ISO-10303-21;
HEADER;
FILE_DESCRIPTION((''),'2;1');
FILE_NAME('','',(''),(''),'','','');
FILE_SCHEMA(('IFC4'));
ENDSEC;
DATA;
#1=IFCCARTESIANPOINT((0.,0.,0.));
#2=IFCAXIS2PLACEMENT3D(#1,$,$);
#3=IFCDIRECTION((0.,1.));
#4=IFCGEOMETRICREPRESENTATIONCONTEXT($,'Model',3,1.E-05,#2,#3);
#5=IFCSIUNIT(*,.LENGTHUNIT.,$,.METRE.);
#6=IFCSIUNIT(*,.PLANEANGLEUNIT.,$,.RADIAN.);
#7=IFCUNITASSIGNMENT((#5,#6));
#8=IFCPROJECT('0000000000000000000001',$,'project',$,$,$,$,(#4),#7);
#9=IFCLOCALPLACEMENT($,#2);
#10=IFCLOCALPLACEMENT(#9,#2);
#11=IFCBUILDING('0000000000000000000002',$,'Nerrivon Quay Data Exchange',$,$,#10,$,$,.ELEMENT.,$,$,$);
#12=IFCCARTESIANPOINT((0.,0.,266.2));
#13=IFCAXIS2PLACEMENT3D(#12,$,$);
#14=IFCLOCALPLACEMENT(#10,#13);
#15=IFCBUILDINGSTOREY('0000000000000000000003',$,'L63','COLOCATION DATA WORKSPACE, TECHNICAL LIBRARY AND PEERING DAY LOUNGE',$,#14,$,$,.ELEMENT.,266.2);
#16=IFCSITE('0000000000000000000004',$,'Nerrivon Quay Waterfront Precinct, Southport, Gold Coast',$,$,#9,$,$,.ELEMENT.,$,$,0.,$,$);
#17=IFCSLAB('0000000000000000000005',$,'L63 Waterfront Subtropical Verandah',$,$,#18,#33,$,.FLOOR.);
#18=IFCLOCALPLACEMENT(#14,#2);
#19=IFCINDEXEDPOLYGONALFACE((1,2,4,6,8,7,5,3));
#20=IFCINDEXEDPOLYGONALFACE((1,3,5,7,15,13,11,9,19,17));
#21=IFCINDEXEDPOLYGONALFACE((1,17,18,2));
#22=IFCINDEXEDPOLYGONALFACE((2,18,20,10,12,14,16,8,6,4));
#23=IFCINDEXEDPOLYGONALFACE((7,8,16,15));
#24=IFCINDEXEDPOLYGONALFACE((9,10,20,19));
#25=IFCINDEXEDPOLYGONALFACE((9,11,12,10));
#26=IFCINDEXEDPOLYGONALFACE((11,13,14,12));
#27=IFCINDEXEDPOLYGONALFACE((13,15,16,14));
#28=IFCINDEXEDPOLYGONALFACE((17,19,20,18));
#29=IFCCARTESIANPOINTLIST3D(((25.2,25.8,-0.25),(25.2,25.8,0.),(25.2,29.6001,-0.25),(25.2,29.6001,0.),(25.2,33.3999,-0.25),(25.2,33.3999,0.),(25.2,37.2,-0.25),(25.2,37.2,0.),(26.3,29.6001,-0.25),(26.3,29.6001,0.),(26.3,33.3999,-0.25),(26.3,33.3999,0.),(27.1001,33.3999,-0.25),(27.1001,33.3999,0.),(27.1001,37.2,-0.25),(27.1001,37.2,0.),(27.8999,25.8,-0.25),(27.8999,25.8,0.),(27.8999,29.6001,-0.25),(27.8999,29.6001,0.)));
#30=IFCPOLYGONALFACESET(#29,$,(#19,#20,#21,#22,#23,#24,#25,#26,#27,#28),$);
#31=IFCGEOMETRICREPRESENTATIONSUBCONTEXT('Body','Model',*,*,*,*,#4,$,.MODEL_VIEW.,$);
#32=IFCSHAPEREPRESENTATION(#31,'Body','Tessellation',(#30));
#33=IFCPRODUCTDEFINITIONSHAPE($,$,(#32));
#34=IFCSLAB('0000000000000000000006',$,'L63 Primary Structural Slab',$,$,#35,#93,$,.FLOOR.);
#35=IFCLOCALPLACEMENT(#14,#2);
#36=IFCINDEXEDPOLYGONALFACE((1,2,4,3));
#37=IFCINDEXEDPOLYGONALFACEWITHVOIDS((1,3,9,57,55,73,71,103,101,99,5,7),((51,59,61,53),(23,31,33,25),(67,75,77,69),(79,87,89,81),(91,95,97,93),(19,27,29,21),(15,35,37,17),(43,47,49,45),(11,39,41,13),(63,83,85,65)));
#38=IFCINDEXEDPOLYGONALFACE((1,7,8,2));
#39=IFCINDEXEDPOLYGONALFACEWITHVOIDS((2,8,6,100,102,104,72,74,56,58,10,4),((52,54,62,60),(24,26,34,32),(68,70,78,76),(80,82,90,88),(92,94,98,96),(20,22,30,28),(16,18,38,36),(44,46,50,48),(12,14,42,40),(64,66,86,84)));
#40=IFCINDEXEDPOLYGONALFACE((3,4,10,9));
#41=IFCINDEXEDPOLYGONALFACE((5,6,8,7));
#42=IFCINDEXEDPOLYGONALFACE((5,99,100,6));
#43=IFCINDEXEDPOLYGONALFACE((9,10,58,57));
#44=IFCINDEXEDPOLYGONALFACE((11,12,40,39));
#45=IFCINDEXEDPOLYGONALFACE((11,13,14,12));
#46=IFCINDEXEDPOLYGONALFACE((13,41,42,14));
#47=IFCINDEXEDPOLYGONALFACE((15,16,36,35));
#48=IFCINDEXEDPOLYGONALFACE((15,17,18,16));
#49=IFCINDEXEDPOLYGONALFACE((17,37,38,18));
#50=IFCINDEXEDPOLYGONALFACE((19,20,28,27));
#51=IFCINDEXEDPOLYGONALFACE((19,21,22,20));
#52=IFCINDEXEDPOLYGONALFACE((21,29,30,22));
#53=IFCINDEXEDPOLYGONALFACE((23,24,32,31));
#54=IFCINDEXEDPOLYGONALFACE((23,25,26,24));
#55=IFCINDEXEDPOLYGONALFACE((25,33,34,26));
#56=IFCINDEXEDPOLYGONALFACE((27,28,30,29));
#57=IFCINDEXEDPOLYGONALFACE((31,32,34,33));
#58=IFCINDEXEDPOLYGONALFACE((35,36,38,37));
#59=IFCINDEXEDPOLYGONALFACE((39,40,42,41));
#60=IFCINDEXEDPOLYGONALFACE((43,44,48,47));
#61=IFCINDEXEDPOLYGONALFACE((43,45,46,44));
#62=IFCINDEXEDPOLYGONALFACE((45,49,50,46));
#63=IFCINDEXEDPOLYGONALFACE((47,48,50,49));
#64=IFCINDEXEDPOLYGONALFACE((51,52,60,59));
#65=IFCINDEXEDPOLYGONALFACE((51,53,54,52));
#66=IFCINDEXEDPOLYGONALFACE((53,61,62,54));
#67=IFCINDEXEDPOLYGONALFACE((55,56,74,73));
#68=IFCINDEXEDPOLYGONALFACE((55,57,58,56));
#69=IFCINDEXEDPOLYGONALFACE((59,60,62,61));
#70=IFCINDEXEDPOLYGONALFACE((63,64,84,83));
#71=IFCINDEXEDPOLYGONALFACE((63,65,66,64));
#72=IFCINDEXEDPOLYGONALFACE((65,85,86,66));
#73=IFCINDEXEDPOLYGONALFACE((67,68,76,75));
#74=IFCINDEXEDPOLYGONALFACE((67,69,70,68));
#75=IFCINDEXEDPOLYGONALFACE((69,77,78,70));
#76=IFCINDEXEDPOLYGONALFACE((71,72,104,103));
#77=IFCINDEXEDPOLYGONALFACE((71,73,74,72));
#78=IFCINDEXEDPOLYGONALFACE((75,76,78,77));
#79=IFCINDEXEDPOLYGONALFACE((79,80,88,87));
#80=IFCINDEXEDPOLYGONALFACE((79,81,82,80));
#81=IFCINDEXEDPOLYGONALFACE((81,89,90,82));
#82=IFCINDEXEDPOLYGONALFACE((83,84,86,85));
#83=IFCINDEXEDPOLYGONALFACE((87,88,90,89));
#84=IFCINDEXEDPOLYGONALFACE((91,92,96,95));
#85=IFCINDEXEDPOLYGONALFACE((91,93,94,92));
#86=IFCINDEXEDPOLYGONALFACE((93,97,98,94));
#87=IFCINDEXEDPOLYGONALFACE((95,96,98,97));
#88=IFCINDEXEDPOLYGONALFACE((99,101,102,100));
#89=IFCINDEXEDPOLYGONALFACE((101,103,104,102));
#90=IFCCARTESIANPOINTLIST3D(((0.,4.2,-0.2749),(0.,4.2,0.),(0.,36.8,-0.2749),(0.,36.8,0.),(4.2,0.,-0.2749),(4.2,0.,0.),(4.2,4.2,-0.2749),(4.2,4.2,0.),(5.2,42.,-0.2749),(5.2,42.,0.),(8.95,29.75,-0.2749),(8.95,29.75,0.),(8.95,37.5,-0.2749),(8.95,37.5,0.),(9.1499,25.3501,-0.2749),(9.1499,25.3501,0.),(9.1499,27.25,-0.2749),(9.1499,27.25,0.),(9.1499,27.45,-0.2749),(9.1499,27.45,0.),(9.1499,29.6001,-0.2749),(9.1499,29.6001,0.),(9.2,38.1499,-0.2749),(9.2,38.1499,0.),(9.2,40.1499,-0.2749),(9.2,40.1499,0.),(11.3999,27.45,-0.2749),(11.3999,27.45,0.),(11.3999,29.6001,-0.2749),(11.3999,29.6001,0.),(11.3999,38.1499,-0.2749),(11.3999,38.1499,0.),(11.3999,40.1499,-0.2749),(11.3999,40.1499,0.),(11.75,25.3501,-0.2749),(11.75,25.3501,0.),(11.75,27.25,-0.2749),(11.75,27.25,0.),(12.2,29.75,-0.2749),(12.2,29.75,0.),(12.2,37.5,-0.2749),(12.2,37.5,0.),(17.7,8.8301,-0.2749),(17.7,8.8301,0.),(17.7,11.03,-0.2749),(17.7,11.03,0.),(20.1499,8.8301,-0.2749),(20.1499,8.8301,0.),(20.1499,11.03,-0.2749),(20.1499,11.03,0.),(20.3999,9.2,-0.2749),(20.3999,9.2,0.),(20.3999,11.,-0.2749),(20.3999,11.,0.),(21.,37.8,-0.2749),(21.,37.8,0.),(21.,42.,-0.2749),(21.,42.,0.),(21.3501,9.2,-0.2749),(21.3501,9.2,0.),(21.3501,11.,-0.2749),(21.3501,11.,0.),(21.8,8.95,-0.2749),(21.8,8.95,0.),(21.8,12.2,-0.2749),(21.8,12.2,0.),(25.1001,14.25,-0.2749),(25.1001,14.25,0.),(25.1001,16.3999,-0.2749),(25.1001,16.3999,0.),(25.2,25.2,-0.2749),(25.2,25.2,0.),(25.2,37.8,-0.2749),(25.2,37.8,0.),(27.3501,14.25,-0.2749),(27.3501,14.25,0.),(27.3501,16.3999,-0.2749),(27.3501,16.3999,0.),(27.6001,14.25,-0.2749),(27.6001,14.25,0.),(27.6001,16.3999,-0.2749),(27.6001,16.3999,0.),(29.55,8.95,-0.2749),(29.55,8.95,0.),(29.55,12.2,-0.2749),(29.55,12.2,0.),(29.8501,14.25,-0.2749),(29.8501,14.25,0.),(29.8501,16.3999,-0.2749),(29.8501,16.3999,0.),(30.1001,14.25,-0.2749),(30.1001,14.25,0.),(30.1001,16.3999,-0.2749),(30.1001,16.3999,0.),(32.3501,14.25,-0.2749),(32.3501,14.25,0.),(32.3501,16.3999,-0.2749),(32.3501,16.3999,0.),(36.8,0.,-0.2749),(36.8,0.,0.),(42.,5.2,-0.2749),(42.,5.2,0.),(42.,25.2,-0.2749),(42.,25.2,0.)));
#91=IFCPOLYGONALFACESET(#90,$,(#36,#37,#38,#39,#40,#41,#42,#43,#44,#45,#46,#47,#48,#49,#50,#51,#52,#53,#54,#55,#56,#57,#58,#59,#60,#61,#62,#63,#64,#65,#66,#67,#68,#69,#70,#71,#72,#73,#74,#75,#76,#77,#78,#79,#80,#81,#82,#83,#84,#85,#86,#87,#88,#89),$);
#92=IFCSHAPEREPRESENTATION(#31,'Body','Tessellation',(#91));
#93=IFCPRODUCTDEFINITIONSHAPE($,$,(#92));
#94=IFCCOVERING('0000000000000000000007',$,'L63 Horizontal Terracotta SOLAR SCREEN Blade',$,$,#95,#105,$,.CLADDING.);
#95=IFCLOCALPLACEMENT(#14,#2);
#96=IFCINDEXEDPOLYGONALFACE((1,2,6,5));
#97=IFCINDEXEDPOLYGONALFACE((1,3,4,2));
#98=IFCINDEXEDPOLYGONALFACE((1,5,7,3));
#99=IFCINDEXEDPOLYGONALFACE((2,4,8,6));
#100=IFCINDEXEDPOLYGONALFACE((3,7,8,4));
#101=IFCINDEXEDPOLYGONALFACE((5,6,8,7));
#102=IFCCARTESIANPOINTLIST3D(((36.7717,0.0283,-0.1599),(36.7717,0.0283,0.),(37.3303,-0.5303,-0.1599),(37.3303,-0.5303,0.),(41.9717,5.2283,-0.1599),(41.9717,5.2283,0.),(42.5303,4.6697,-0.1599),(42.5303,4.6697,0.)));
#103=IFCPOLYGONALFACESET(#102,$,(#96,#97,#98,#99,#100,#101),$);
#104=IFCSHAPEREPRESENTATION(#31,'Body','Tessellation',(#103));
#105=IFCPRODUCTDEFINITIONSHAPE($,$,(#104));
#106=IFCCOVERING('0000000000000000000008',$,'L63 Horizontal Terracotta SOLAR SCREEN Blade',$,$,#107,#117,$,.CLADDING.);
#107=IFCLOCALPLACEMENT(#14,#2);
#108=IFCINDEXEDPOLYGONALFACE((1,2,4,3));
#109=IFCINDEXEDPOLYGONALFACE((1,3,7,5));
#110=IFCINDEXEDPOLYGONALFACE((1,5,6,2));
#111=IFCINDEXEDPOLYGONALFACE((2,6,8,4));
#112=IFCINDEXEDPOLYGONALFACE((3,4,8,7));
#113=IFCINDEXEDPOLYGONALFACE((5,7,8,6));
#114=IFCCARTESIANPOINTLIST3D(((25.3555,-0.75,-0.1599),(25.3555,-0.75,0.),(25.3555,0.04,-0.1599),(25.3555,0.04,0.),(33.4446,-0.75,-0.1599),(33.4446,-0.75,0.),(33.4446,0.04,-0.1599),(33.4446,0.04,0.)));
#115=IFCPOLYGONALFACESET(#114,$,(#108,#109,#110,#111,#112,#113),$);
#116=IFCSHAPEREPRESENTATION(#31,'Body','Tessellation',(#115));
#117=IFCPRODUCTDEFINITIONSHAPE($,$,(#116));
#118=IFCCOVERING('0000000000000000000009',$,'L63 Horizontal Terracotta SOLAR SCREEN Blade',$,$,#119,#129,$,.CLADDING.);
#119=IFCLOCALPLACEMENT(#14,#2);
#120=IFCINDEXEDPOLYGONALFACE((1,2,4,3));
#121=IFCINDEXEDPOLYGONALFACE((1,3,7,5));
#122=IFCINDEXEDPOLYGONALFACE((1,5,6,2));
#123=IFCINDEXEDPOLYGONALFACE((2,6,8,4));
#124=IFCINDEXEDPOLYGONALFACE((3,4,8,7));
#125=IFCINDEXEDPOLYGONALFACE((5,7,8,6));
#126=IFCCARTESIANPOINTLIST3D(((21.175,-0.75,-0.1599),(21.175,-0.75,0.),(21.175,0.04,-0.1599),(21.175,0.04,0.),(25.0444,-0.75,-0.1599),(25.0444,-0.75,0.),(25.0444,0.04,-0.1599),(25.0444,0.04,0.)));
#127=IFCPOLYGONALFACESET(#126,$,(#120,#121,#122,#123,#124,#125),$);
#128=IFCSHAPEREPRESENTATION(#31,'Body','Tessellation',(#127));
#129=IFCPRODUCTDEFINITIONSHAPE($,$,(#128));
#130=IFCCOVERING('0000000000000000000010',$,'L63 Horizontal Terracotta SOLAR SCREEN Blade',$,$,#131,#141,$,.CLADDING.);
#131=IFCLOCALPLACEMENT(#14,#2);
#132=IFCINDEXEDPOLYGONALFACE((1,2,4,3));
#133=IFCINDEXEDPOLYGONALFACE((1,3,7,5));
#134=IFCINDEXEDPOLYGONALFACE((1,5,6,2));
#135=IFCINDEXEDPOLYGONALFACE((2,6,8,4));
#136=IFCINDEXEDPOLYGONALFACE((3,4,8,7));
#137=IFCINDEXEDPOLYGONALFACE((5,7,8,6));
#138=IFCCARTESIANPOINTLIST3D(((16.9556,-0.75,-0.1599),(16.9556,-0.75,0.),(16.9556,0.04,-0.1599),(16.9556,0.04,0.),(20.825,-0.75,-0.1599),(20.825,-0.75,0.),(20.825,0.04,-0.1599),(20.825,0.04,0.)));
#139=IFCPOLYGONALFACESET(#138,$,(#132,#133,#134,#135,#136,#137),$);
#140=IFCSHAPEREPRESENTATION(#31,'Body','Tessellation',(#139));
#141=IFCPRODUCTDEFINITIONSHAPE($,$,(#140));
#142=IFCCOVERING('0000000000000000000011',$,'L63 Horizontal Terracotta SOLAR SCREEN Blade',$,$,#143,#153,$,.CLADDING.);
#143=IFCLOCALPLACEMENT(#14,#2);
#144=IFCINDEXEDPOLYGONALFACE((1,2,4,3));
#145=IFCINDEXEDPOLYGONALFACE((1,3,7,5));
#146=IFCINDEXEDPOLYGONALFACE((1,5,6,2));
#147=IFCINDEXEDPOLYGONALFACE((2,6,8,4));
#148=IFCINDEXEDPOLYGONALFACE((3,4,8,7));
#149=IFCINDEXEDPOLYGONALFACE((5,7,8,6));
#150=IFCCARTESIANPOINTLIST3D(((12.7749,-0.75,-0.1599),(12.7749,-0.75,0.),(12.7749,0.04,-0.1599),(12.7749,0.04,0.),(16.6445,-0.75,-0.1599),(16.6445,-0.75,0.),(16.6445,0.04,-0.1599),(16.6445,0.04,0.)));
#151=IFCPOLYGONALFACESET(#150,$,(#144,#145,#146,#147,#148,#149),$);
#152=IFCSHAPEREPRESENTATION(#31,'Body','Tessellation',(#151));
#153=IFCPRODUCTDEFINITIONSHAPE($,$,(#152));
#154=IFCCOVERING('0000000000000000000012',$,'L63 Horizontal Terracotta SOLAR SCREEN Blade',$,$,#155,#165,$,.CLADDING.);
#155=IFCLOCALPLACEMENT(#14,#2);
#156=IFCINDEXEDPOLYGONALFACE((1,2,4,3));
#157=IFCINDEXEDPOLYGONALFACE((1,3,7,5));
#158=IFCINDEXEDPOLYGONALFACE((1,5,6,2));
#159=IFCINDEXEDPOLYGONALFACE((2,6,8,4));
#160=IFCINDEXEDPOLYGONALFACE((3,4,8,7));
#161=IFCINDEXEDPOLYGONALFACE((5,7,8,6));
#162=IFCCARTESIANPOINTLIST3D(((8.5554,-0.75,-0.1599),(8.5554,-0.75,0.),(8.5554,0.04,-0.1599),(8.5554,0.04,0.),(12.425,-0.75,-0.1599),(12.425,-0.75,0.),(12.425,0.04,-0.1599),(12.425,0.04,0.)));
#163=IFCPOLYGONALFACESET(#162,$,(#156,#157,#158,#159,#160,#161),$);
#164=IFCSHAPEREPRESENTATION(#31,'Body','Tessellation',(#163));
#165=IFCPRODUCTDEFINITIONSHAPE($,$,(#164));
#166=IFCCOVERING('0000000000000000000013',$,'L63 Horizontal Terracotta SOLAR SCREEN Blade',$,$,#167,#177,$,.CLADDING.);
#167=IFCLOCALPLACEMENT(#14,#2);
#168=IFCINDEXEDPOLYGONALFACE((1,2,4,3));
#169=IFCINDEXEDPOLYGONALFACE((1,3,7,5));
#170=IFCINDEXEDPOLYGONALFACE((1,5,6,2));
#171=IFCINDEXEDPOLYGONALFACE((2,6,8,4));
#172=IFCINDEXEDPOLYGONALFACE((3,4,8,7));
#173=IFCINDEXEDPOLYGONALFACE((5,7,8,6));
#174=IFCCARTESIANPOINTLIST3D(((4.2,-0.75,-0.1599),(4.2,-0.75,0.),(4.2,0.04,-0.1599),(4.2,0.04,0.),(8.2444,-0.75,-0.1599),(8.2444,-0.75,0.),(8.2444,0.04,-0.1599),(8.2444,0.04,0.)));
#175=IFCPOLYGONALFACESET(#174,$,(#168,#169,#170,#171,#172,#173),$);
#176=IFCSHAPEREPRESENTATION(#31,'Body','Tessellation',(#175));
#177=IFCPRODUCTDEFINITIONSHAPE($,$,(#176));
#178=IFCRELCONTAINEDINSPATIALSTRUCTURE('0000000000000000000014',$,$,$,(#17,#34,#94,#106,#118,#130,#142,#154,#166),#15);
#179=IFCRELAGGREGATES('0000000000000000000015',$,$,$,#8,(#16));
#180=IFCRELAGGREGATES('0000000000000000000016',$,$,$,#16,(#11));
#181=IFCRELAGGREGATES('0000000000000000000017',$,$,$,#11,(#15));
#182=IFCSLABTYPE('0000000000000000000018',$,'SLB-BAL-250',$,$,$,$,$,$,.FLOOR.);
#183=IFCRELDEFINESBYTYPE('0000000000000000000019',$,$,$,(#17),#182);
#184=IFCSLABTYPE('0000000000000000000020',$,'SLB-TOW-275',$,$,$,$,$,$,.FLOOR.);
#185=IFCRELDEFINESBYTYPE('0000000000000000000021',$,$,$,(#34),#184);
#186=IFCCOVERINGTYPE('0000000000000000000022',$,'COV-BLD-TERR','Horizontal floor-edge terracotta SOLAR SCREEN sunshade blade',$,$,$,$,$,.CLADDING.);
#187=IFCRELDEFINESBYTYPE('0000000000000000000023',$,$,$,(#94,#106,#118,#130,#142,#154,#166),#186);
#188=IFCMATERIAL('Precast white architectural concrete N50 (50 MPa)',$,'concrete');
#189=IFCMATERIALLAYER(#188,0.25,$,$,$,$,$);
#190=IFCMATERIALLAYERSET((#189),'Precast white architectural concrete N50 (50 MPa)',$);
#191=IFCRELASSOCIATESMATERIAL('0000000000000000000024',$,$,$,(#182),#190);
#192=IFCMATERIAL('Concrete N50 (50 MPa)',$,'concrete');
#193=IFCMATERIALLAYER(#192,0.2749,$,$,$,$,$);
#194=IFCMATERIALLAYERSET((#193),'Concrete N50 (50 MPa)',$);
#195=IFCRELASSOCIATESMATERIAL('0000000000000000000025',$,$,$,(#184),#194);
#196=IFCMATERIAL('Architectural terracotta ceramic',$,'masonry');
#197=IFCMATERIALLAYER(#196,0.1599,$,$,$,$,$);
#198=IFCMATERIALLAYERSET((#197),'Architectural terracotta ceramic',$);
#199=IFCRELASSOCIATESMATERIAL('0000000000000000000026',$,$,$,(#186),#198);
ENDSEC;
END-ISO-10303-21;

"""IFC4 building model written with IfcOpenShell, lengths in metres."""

from ifc_helpers import new_model, si_unit, direction, frame, origin, place, context, subcontext, project, spatial, polyline, outline, extrude, material, layer, layer_set, type_object, element, save


model = new_model("IFC4")

# Units and contexts
model_context = context("Model", 3, precision=1e-05, world=origin(), true_north=direction((0.0, 1.0)))
body_context = subcontext(model_context, "Body", "Model", "MODEL_VIEW")
ifc_project = project(units=[si_unit("LENGTHUNIT", "METRE"), si_unit("PLANEANGLEUNIT", "RADIAN")], contexts=[model_context])

# Site, building, storey
site_placement = place(None, origin())
site = spatial("IfcSite", under=ifc_project, at=site_placement, Name="Nerrivon Quay Waterfront Precinct, Southport, Gold Coast", CompositionType="ELEMENT", RefElevation=0.0)
building_placement = place(site_placement, origin())
building = spatial("IfcBuilding", under=site, at=building_placement, Name="Nerrivon Quay Data Exchange", CompositionType="ELEMENT")
storey_placement = place(building_placement, frame((0.0, 0.0, 266.2)))
storey = spatial("IfcBuildingStorey", under=building, at=storey_placement, Name="L63", Description="COLOCATION DATA WORKSPACE, TECHNICAL LIBRARY AND PEERING DAY LOUNGE", CompositionType="ELEMENT", Elevation=266.2)

# Slabs
ifc_material_1 = material(Name="Precast white architectural concrete N50 (50 MPa)", Category="concrete")
ifc_layer_1 = layer(ifc_material_1, 0.25)
ifc_layer_set_1 = layer_set([ifc_layer_1], Name="Precast white architectural concrete N50 (50 MPa)")
slab_type_1 = type_object("IfcSlabType", Name="SLB-BAL-250", PredefinedType="FLOOR", material=ifc_layer_set_1)
slab_1_placement = place(storey_placement, frame((0.0, 0.0, -0.25)))
element("IfcSlab", 1, at=slab_1_placement, inside=storey, type_object=slab_type_1, Name="L63 Waterfront Subtropical Verandah", PredefinedType="FLOOR", context=body_context, shape_type="SweptSolid", body=[
    extrude(outline(polyline([(26.3, 29.6001), (26.3, 33.3999), (27.1001, 33.3999), (27.1001, 37.2), (25.2, 37.2), (25.2, 33.3999), (25.2, 29.6001), (25.2, 25.8), (27.8999, 25.8), (27.8999, 29.6001), (26.3, 29.6001)])), origin(), (0.0, 0.0, 1.0), 0.25),
])
ifc_material_2 = material(Name="Concrete N50 (50 MPa)", Category="concrete")
ifc_layer_2 = layer(ifc_material_2, 0.2749)
ifc_layer_set_2 = layer_set([ifc_layer_2], Name="Concrete N50 (50 MPa)")
slab_type_2 = type_object("IfcSlabType", Name="SLB-TOW-275", PredefinedType="FLOOR", material=ifc_layer_set_2)
slab_2_placement = place(storey_placement, frame((0.0, 0.0, -0.2749)))
element("IfcSlab", 2, at=slab_2_placement, inside=storey, type_object=slab_type_2, Name="L63 Primary Structural Slab", PredefinedType="FLOOR", context=body_context, shape_type="SweptSolid", body=[
    extrude(outline(polyline([(42.0, 25.2), (25.2, 25.2), (25.2, 37.8), (21.0, 37.8), (21.0, 42.0), (5.2, 42.0), (0.0, 36.8), (0.0, 4.2), (4.2, 4.2), (4.2, 0.0), (36.8, 0.0), (42.0, 5.2), (42.0, 25.2)]), holes=[polyline([(8.95, 29.75), (8.95, 37.5), (12.2, 37.5), (12.2, 29.75), (8.95, 29.75)]), polyline([(21.8, 12.2), (29.55, 12.2), (29.55, 8.95), (21.8, 8.95), (21.8, 12.2)]), polyline([(30.1001, 14.25), (30.1001, 16.3999), (32.3501, 16.3999), (32.3501, 14.25), (30.1001, 14.25)]), polyline([(27.6001, 14.25), (27.6001, 16.3999), (29.8501, 16.3999), (29.8501, 14.25), (27.6001, 14.25)]), polyline([(25.1001, 14.25), (25.1001, 16.3999), (27.3501, 16.3999), (27.3501, 14.25), (25.1001, 14.25)]), polyline([(20.3999, 9.2), (20.3999, 11.0), (21.3501, 11.0), (21.3501, 9.2), (20.3999, 9.2)]), polyline([(17.7, 8.8301), (17.7, 11.03), (20.1499, 11.03), (20.1499, 8.8301), (17.7, 8.8301)]), polyline([(9.1499, 25.3501), (9.1499, 27.25), (11.75, 27.25), (11.75, 25.3501), (9.1499, 25.3501)]), polyline([(9.1499, 27.45), (9.1499, 29.6001), (11.3999, 29.6001), (11.3999, 27.45), (9.1499, 27.45)]), polyline([(9.2, 38.1499), (9.2, 40.1499), (11.3999, 40.1499), (11.3999, 38.1499), (9.2, 38.1499)])]), origin(), (0.0, 0.0, 1.0), 0.2749),
])

# Coverings
ifc_material_3 = material(Name="Architectural terracotta ceramic", Category="masonry")
ifc_layer_3 = layer(ifc_material_3, 0.1599)
ifc_layer_set_3 = layer_set([ifc_layer_3], Name="Architectural terracotta ceramic")
covering_type = type_object("IfcCoveringType", Name="COV-BLD-TERR", Description="Horizontal floor-edge terracotta SOLAR SCREEN sunshade blade", PredefinedType="CLADDING", material=ifc_layer_set_3)
covering_1_placement = place(storey_placement, frame((0.0, 0.0, -0.1599)))
element("IfcCovering", 3, at=covering_1_placement, inside=storey, type_object=covering_type, Name="L63 Horizontal Terracotta SOLAR SCREEN Blade", PredefinedType="CLADDING", context=body_context, shape_type="SweptSolid", body=[
    extrude(outline(polyline([(41.9717, 5.2283), (36.7717, 0.0283), (37.3303, -0.5303), (42.5303, 4.6697), (41.9717, 5.2283)])), origin(), (0.0, 0.0, 1.0), 0.1599),
])
covering_2_placement = place(storey_placement, frame((0.0, 0.0, -0.1599)))
element("IfcCovering", 4, at=covering_2_placement, inside=storey, type_object=covering_type, Name="L63 Horizontal Terracotta SOLAR SCREEN Blade", PredefinedType="CLADDING", context=body_context, shape_type="SweptSolid", body=[
    extrude(outline(polyline([(33.4446, 0.04), (25.3555, 0.04), (25.3555, -0.75), (33.4446, -0.75), (33.4446, 0.04)])), origin(), (0.0, 0.0, 1.0), 0.1599),
])
covering_3_placement = place(storey_placement, frame((0.0, 0.0, -0.1599)))
element("IfcCovering", 5, at=covering_3_placement, inside=storey, type_object=covering_type, Name="L63 Horizontal Terracotta SOLAR SCREEN Blade", PredefinedType="CLADDING", context=body_context, shape_type="SweptSolid", body=[
    extrude(outline(polyline([(25.0444, 0.04), (21.175, 0.04), (21.175, -0.75), (25.0444, -0.75), (25.0444, 0.04)])), origin(), (0.0, 0.0, 1.0), 0.1599),
])
covering_4_placement = place(storey_placement, frame((0.0, 0.0, -0.1599)))
element("IfcCovering", 6, at=covering_4_placement, inside=storey, type_object=covering_type, Name="L63 Horizontal Terracotta SOLAR SCREEN Blade", PredefinedType="CLADDING", context=body_context, shape_type="SweptSolid", body=[
    extrude(outline(polyline([(20.825, 0.04), (16.9556, 0.04), (16.9556, -0.75), (20.825, -0.75), (20.825, 0.04)])), origin(), (0.0, 0.0, 1.0), 0.1599),
])
covering_5_placement = place(storey_placement, frame((0.0, 0.0, -0.1599)))
element("IfcCovering", 7, at=covering_5_placement, inside=storey, type_object=covering_type, Name="L63 Horizontal Terracotta SOLAR SCREEN Blade", PredefinedType="CLADDING", context=body_context, shape_type="SweptSolid", body=[
    extrude(outline(polyline([(16.6445, 0.04), (12.7749, 0.04), (12.7749, -0.75), (16.6445, -0.75), (16.6445, 0.04)])), origin(), (0.0, 0.0, 1.0), 0.1599),
])
covering_6_placement = place(storey_placement, frame((0.0, 0.0, -0.1599)))
element("IfcCovering", 8, at=covering_6_placement, inside=storey, type_object=covering_type, Name="L63 Horizontal Terracotta SOLAR SCREEN Blade", PredefinedType="CLADDING", context=body_context, shape_type="SweptSolid", body=[
    extrude(outline(polyline([(12.425, 0.04), (8.5554, 0.04), (8.5554, -0.75), (12.425, -0.75), (12.425, 0.04)])), origin(), (0.0, 0.0, 1.0), 0.1599),
])
covering_7_placement = place(storey_placement, frame((0.0, 0.0, -0.1599)))
element("IfcCovering", 9, at=covering_7_placement, inside=storey, type_object=covering_type, Name="L63 Horizontal Terracotta SOLAR SCREEN Blade", PredefinedType="CLADDING", context=body_context, shape_type="SweptSolid", body=[
    extrude(outline(polyline([(8.2444, 0.04), (4.2, 0.04), (4.2, -0.75), (8.2444, -0.75), (8.2444, 0.04)])), origin(), (0.0, 0.0, 1.0), 0.1599),
])

save(model, "model.ifc")
